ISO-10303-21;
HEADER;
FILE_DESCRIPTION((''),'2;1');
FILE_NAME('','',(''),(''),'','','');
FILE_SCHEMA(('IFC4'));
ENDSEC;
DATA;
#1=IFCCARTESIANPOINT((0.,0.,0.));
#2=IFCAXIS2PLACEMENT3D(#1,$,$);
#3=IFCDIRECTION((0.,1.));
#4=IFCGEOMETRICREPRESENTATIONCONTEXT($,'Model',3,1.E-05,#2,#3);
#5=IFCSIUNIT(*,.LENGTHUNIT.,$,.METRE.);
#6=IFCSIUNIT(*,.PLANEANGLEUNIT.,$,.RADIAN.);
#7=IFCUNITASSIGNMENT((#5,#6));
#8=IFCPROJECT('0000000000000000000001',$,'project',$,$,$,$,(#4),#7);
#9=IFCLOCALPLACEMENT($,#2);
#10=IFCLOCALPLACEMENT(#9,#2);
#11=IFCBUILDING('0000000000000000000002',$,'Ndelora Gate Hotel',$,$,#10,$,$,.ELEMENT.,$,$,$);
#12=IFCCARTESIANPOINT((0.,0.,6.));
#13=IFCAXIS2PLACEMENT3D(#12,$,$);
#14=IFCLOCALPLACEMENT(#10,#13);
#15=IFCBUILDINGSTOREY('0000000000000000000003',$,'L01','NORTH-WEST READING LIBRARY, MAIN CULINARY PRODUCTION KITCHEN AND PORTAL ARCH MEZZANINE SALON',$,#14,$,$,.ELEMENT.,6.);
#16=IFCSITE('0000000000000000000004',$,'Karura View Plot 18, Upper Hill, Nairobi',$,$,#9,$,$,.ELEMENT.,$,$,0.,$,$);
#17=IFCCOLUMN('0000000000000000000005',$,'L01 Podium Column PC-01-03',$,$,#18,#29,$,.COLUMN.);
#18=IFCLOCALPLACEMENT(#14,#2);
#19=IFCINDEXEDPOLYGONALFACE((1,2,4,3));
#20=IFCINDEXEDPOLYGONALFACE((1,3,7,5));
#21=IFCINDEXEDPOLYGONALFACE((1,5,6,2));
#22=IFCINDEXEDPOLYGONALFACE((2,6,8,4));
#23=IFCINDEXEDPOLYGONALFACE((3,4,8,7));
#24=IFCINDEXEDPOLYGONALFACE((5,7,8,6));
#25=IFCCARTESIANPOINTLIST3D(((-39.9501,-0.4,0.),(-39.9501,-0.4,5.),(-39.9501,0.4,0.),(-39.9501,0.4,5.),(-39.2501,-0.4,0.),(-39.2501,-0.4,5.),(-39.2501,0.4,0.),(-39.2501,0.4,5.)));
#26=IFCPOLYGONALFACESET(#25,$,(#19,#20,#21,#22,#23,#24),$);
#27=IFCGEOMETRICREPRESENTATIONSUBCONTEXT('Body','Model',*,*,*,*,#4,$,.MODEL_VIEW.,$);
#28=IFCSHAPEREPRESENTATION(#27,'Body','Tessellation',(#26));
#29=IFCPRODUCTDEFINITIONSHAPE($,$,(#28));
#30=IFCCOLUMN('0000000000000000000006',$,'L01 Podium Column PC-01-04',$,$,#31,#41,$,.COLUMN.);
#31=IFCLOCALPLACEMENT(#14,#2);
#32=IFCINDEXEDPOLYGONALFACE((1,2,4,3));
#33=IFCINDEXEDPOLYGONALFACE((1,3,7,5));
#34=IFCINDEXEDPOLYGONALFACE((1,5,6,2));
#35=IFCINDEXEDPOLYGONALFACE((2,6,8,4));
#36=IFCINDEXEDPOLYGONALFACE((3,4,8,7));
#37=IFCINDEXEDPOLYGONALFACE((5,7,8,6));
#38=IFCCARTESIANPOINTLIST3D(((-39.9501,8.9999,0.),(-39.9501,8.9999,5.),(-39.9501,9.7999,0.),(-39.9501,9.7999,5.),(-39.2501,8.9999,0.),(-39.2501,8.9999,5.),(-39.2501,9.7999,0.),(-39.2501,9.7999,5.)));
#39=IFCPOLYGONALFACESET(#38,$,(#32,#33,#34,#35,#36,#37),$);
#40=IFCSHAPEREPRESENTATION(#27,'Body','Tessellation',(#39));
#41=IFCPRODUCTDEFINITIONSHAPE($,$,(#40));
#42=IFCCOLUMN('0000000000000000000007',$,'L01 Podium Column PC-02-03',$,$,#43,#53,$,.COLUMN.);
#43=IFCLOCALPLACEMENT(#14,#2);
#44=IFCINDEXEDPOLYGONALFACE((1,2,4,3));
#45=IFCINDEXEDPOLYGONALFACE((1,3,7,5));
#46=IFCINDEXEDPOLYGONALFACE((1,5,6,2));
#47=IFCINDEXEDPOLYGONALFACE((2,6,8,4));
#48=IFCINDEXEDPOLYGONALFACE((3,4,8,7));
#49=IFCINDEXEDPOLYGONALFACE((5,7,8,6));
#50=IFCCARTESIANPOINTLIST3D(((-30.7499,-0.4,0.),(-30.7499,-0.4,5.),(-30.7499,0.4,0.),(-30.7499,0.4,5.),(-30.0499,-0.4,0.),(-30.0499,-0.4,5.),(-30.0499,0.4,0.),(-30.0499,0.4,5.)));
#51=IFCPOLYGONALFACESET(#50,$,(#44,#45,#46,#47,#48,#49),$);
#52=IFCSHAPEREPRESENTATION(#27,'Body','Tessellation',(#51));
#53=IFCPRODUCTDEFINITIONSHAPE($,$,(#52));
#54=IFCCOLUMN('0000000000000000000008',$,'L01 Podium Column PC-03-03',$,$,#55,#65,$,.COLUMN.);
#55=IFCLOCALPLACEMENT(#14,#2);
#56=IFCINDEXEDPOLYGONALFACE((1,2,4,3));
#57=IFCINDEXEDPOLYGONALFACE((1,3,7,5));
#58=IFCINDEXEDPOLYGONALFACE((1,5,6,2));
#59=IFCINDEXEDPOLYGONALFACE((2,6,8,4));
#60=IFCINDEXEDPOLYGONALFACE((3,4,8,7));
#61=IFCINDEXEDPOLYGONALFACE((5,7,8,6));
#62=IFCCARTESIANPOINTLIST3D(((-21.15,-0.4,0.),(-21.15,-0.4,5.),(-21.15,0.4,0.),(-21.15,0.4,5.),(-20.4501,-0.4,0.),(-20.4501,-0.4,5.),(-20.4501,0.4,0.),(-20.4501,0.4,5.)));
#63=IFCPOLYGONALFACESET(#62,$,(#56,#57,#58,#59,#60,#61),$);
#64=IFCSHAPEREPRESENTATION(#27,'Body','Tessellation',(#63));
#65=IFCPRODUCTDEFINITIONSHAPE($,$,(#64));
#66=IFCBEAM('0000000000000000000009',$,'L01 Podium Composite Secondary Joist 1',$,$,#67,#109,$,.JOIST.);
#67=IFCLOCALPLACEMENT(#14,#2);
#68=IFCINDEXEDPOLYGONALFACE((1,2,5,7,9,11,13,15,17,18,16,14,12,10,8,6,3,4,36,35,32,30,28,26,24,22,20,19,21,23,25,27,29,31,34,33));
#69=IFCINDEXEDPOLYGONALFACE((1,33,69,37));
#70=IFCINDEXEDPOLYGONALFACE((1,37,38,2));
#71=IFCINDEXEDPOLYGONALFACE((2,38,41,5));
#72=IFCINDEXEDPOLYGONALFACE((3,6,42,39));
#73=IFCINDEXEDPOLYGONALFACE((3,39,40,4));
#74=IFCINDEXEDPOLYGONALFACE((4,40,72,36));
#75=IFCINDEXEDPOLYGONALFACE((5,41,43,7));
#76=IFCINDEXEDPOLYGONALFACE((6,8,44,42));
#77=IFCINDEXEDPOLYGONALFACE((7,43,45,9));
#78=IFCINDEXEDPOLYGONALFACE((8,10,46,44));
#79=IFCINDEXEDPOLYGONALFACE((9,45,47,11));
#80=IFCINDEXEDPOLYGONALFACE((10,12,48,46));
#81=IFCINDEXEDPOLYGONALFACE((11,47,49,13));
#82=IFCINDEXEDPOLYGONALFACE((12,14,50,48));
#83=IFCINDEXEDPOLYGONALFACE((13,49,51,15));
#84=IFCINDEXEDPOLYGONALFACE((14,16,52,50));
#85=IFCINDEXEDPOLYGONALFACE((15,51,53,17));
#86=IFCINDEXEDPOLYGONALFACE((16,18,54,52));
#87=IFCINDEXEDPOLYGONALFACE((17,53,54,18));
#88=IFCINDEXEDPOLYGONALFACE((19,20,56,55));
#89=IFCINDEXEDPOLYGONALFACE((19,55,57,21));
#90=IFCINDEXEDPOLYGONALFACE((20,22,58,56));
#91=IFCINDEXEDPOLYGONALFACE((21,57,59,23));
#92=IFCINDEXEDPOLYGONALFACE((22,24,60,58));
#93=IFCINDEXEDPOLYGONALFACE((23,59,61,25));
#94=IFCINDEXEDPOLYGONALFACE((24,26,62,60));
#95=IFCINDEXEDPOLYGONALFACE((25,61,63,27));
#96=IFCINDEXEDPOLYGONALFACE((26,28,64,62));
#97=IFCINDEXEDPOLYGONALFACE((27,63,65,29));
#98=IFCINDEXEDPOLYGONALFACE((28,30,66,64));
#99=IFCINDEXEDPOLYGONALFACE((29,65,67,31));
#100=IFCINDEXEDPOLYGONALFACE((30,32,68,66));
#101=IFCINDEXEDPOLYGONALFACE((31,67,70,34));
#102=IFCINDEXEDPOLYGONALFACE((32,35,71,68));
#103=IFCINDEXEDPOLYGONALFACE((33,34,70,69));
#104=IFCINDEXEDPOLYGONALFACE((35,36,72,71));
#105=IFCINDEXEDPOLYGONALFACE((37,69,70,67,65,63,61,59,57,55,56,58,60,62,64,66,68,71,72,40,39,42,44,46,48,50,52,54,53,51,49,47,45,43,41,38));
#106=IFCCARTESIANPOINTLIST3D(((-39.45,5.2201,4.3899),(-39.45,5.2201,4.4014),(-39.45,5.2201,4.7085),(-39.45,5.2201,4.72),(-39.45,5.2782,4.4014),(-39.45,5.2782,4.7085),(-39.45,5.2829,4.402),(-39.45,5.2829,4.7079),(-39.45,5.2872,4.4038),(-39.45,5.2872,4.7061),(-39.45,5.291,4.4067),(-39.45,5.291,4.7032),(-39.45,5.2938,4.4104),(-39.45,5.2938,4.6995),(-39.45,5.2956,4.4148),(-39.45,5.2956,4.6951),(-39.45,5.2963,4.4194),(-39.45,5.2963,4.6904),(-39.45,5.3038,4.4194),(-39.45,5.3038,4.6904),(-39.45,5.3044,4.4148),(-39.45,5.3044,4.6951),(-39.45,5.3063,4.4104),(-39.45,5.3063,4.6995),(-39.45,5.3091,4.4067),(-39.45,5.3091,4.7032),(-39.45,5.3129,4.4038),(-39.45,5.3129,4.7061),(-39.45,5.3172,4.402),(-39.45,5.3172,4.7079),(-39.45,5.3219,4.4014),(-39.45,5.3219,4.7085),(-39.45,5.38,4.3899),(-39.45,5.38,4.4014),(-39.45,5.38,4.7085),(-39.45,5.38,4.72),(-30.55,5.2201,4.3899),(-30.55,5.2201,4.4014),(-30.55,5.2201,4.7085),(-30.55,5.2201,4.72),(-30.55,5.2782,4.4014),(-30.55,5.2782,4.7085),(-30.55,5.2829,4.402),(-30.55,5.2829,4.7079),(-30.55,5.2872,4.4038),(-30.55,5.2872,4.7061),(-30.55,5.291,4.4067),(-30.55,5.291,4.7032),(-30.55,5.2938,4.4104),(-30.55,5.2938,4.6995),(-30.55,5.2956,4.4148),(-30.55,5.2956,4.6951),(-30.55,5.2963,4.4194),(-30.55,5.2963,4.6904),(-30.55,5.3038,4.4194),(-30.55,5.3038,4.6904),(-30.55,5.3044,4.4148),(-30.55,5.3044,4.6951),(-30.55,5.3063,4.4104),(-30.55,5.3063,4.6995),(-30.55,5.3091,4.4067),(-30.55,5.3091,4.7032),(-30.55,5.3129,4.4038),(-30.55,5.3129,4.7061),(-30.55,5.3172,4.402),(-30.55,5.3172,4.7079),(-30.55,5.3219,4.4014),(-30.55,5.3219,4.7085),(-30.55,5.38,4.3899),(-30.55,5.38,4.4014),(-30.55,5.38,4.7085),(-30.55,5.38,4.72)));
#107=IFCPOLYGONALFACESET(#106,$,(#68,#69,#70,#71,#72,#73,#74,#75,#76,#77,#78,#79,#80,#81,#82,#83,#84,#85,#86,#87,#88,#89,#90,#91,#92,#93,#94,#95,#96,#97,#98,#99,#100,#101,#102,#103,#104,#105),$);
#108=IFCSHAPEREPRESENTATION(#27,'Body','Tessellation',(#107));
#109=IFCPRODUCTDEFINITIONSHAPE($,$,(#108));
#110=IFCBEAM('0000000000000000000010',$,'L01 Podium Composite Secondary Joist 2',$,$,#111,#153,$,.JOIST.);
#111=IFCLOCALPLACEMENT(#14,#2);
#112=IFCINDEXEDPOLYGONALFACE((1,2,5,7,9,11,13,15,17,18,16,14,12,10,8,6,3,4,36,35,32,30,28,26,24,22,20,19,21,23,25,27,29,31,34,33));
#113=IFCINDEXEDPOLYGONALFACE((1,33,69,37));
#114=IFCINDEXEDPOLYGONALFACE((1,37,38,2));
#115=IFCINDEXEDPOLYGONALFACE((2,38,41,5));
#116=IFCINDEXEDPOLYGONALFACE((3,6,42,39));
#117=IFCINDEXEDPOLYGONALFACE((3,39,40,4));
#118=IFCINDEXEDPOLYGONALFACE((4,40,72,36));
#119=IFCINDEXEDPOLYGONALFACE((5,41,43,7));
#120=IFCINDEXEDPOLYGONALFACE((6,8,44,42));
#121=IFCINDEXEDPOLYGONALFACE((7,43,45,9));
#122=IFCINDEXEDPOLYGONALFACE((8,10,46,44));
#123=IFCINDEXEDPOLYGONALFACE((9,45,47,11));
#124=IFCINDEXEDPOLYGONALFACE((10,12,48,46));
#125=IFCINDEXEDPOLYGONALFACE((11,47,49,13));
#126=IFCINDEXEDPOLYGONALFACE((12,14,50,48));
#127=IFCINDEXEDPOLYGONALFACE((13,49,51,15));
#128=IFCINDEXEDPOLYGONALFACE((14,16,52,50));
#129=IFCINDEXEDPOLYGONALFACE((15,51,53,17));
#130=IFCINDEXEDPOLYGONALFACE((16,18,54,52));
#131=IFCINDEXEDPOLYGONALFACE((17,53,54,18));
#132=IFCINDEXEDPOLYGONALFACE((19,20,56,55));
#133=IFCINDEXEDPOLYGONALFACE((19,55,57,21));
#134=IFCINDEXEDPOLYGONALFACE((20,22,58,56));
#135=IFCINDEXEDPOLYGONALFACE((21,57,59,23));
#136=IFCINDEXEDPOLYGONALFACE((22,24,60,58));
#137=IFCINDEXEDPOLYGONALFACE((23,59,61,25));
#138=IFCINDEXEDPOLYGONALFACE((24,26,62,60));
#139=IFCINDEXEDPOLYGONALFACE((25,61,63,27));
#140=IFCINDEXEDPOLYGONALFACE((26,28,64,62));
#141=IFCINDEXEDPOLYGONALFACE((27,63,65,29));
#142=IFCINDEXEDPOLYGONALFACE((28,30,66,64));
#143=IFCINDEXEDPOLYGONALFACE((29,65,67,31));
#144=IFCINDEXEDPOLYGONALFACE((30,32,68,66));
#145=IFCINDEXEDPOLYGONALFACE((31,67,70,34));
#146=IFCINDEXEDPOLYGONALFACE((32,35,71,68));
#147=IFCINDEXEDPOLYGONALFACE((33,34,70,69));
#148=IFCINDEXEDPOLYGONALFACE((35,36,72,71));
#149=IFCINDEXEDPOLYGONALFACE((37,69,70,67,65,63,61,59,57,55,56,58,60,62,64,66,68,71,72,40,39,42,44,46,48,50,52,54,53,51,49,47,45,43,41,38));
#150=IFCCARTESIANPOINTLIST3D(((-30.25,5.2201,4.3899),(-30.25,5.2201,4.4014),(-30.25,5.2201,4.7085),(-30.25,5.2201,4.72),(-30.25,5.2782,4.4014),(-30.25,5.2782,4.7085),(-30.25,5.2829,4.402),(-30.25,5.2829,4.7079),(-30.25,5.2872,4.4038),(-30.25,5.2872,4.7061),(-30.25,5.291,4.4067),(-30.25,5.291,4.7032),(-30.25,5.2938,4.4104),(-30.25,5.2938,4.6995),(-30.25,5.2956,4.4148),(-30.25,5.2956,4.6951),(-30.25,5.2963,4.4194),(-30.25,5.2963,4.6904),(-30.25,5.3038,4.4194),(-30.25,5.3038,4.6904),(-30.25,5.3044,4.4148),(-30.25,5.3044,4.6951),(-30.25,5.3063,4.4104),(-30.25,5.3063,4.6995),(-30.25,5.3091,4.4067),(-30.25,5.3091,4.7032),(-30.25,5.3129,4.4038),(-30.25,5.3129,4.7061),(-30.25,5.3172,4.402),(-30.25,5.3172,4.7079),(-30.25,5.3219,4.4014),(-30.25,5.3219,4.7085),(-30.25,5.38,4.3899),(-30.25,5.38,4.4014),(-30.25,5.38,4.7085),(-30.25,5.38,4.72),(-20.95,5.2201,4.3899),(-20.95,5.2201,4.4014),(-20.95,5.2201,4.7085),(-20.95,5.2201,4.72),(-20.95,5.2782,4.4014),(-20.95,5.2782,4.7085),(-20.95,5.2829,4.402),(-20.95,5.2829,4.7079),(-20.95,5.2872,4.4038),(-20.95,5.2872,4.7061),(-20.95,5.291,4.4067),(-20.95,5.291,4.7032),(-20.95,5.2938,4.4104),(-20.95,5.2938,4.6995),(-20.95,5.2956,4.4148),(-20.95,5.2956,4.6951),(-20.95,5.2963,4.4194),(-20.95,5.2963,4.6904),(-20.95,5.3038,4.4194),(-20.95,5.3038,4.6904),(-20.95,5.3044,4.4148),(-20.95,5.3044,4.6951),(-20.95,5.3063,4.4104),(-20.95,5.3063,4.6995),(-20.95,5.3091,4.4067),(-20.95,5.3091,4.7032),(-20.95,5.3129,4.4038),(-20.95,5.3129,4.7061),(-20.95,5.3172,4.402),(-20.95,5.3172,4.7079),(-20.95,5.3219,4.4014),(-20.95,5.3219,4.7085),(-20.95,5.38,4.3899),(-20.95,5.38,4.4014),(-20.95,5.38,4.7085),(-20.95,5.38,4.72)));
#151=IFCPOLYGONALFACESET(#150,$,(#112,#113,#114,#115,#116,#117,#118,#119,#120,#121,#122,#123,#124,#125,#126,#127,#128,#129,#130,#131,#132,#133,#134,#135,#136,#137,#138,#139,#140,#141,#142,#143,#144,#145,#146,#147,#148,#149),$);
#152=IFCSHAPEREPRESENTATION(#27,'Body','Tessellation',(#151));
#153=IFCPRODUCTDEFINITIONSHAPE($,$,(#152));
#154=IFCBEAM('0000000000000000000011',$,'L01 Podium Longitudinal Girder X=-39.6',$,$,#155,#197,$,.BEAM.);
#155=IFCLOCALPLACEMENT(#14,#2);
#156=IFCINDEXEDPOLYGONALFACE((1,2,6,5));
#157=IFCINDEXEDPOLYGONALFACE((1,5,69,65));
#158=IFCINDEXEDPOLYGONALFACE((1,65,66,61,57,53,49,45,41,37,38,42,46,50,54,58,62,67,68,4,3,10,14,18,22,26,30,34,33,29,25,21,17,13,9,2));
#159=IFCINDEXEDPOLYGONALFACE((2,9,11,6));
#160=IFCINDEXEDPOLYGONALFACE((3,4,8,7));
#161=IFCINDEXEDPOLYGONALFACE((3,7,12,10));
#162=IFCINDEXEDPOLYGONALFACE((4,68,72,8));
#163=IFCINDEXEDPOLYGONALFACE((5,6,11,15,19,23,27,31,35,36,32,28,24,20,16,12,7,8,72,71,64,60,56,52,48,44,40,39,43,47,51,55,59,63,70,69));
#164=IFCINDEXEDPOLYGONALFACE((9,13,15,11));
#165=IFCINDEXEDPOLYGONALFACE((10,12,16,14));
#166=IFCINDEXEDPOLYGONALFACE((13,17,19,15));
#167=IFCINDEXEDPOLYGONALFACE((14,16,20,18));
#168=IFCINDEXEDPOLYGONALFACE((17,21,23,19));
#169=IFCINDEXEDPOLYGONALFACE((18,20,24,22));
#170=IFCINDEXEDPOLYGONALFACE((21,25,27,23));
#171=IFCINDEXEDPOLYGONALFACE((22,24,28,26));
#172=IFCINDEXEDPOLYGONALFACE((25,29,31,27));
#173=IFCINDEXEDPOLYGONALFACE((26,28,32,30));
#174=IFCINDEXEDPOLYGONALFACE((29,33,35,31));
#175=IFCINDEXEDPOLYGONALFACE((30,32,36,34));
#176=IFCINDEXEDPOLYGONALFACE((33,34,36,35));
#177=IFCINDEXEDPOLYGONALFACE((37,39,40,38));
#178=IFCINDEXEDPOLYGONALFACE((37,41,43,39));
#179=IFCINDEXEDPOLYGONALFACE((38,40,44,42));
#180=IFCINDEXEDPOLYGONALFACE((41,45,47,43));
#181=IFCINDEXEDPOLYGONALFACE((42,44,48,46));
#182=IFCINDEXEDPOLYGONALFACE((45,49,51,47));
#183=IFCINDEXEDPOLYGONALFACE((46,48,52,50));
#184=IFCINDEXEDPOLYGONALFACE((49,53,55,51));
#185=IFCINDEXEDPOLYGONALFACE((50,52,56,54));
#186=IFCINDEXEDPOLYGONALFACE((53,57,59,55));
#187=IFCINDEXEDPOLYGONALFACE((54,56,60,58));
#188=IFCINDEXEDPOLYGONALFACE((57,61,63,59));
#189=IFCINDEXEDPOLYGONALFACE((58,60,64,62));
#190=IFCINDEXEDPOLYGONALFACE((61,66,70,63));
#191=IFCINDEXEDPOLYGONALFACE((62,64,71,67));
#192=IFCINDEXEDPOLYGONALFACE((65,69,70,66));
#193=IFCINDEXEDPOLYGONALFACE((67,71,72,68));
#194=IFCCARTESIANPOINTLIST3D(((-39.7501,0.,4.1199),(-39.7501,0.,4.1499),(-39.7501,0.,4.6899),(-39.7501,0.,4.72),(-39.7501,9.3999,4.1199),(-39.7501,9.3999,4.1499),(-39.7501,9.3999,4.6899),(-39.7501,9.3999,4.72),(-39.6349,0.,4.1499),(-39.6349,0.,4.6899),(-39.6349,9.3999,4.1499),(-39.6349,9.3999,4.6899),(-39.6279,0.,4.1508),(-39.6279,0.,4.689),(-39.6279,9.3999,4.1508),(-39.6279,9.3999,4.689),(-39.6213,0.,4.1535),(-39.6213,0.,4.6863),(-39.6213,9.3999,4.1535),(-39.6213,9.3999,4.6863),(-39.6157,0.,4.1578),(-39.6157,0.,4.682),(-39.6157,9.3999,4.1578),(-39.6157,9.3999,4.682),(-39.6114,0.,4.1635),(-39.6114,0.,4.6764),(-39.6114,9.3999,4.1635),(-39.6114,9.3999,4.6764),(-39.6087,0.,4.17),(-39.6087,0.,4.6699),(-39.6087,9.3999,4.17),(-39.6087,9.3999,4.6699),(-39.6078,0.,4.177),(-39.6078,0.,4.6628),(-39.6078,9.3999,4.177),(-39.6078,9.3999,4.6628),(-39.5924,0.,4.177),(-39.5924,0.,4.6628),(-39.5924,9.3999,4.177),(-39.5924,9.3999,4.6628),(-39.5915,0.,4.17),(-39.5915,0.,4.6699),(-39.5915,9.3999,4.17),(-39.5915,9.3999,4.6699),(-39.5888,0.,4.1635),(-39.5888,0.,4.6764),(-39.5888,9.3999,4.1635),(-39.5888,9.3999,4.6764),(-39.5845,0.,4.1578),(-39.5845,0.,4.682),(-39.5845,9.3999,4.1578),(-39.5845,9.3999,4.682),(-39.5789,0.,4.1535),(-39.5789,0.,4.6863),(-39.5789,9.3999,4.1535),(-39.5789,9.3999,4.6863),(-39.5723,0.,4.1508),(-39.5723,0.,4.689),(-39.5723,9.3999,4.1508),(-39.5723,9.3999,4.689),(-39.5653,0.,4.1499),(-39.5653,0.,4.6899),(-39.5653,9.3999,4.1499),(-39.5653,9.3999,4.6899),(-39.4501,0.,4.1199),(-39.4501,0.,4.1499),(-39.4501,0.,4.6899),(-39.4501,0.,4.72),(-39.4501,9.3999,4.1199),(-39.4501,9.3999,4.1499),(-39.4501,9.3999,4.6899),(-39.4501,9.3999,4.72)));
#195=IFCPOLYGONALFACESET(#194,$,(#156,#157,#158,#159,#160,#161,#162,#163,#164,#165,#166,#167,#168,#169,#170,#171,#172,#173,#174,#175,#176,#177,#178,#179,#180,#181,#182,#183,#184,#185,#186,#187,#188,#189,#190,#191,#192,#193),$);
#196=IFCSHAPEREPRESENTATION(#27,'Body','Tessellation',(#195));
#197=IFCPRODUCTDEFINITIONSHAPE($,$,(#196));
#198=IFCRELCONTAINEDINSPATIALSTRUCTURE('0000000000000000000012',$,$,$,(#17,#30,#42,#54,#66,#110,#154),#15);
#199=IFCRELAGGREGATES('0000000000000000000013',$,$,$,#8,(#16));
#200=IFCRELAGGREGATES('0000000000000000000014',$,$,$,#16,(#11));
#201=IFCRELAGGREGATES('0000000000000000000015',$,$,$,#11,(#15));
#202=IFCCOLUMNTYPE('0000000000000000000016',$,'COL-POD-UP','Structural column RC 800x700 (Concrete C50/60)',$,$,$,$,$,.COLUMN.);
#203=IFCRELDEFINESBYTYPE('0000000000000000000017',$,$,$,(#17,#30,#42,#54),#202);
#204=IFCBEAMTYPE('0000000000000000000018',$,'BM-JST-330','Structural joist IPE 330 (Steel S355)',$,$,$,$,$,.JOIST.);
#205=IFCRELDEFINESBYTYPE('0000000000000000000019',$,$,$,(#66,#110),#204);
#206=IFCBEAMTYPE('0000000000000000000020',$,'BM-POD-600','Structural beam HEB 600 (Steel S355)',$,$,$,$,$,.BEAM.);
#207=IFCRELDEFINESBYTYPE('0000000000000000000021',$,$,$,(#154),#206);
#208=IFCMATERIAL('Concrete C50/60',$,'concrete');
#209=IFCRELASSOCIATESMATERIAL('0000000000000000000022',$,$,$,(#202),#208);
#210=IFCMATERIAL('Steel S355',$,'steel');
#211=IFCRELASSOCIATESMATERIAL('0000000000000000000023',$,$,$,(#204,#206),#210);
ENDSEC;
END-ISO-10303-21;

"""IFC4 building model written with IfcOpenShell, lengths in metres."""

from ifc_helpers import new_model, si_unit, direction, frame, origin, origin_2d, place, context, subcontext, project, spatial, rectangle, i_section, extrude, material, material_profile, profile_set, type_object, element, save


model = new_model("IFC4")

# Units and contexts
model_context = context("Model", 3, precision=1e-05, world=origin(), true_north=direction((0.0, 1.0)))
body_context = subcontext(model_context, "Body", "Model", "MODEL_VIEW")
ifc_project = project(units=[si_unit("LENGTHUNIT", "METRE"), si_unit("PLANEANGLEUNIT", "RADIAN")], contexts=[model_context])

# Site, building, storey
site_placement = place(None, origin())
site = spatial("IfcSite", under=ifc_project, at=site_placement, Name="Karura View Plot 18, Upper Hill, Nairobi", CompositionType="ELEMENT", RefElevation=0.0)
building_placement = place(site_placement, origin())
building = spatial("IfcBuilding", under=site, at=building_placement, Name="Ndelora Gate Hotel", CompositionType="ELEMENT")
storey_placement = place(building_placement, frame((0.0, 0.0, 6.0)))
storey = spatial("IfcBuildingStorey", under=building, at=storey_placement, Name="L01", Description="NORTH-WEST READING LIBRARY, MAIN CULINARY PRODUCTION KITCHEN AND PORTAL ARCH MEZZANINE SALON", CompositionType="ELEMENT", Elevation=6.0)

# Columns
ifc_material_1 = material(Name="Concrete C50/60", Category="concrete")
ifc_material_profile_1 = material_profile(ifc_material_1, rectangle(XDim=0.7, YDim=0.8, at=origin_2d()), Name="RC 800x700")
ifc_profile_set_1 = profile_set([ifc_material_profile_1], Name="Concrete C50/60")
column_type = type_object("IfcColumnType", Name="COL-POD-UP", Description="Structural column RC 800x700 (Concrete C50/60)", PredefinedType="COLUMN", material=ifc_profile_set_1)
for number, where, z_axis, x_axis, name in (
    (1, (-39.6001, 0.0, 0.0), (0.0, 0.0, 1.0), (1.0, 0.0, 0.0), "L01 Podium Column PC-01-03"),
    (2, (-39.6001, 9.3999, 0.0), (0.0, 0.0, 1.0), (1.0, 0.0, 0.0), "L01 Podium Column PC-01-04"),
    (3, (-30.3999, 0.0, 0.0), (0.0, 0.0, 1.0), (1.0, 0.0, 0.0), "L01 Podium Column PC-02-03"),
    (4, (-20.8, 0.0, 0.0), (0.0, 0.0, 1.0), (1.0, 0.0, 0.0), "L01 Podium Column PC-03-03"),
):
    element("IfcColumn", number, at=place(storey_placement, frame(where, z_axis=z_axis, x_axis=x_axis)), inside=storey, type_object=column_type, Name=name, PredefinedType="COLUMN", context=body_context, shape_type="SweptSolid", body=[
        extrude(rectangle(XDim=0.7, YDim=0.8, at=origin_2d()), origin(), (0.0, 0.0, 1.0), 5.0),
    ])

# Beams
ifc_material_2 = material(Name="Steel S355", Category="steel")
ifc_material_profile_2 = material_profile(ifc_material_2, i_section(OverallWidth=0.1599, OverallDepth=0.3301, WebThickness=0.0076, FlangeThickness=0.0115, FilletRadius=0.0181, at=origin_2d()), Name="IPE 330")
ifc_profile_set_2 = profile_set([ifc_material_profile_2], Name="Steel S355")
beam_type_1 = type_object("IfcBeamType", Name="BM-JST-330", Description="Structural joist IPE 330 (Steel S355)", PredefinedType="JOIST", material=ifc_profile_set_2)
beam_1_placement = place(storey_placement, frame((-39.45, 5.3, 4.5549), z_axis=(1.0, 0.0, 0.0), x_axis=(0.0, 1.0, 0.0)))
element("IfcBeam", 5, at=beam_1_placement, inside=storey, type_object=beam_type_1, Name="L01 Podium Composite Secondary Joist 1", PredefinedType="JOIST", context=body_context, shape_type="SweptSolid", body=[
    extrude(i_section(OverallWidth=0.1599, OverallDepth=0.3301, WebThickness=0.0076, FlangeThickness=0.0115, FilletRadius=0.0181, at=origin_2d()), origin(), (0.0, 0.0, 1.0), 8.8999),
])
beam_2_placement = place(storey_placement, frame((-30.25, 5.3, 4.5549), z_axis=(1.0, 0.0, 0.0), x_axis=(0.0, 1.0, 0.0)))
element("IfcBeam", 6, at=beam_2_placement, inside=storey, type_object=beam_type_1, Name="L01 Podium Composite Secondary Joist 2", PredefinedType="JOIST", context=body_context, shape_type="SweptSolid", body=[
    extrude(i_section(OverallWidth=0.1599, OverallDepth=0.3301, WebThickness=0.0076, FlangeThickness=0.0115, FilletRadius=0.0181, at=origin_2d()), origin(), (0.0, 0.0, 1.0), 9.3),
])
ifc_material_profile_3 = material_profile(ifc_material_2, i_section(OverallWidth=0.3, OverallDepth=0.6001, WebThickness=0.0154, FlangeThickness=0.03, FilletRadius=0.0271, at=origin_2d()), Name="HEB 600")
ifc_profile_set_3 = profile_set([ifc_material_profile_3], Name="Steel S355")
beam_type_2 = type_object("IfcBeamType", Name="BM-POD-600", Description="Structural beam HEB 600 (Steel S355)", PredefinedType="BEAM", material=ifc_profile_set_3)
beam_3_placement = place(storey_placement, frame((-39.6001, 0.0, 4.4199), z_axis=(0.0, 1.0, 0.0), x_axis=(-1.0, 0.0, 0.0)))
element("IfcBeam", 7, at=beam_3_placement, inside=storey, type_object=beam_type_2, Name="L01 Podium Longitudinal Girder X=-39.6", PredefinedType="BEAM", context=body_context, shape_type="SweptSolid", body=[
    extrude(i_section(OverallWidth=0.3, OverallDepth=0.6001, WebThickness=0.0154, FlangeThickness=0.03, FilletRadius=0.0271, at=origin_2d()), origin(), (0.0, 0.0, 1.0), 9.3999),
])

save(model, "model.ifc")
